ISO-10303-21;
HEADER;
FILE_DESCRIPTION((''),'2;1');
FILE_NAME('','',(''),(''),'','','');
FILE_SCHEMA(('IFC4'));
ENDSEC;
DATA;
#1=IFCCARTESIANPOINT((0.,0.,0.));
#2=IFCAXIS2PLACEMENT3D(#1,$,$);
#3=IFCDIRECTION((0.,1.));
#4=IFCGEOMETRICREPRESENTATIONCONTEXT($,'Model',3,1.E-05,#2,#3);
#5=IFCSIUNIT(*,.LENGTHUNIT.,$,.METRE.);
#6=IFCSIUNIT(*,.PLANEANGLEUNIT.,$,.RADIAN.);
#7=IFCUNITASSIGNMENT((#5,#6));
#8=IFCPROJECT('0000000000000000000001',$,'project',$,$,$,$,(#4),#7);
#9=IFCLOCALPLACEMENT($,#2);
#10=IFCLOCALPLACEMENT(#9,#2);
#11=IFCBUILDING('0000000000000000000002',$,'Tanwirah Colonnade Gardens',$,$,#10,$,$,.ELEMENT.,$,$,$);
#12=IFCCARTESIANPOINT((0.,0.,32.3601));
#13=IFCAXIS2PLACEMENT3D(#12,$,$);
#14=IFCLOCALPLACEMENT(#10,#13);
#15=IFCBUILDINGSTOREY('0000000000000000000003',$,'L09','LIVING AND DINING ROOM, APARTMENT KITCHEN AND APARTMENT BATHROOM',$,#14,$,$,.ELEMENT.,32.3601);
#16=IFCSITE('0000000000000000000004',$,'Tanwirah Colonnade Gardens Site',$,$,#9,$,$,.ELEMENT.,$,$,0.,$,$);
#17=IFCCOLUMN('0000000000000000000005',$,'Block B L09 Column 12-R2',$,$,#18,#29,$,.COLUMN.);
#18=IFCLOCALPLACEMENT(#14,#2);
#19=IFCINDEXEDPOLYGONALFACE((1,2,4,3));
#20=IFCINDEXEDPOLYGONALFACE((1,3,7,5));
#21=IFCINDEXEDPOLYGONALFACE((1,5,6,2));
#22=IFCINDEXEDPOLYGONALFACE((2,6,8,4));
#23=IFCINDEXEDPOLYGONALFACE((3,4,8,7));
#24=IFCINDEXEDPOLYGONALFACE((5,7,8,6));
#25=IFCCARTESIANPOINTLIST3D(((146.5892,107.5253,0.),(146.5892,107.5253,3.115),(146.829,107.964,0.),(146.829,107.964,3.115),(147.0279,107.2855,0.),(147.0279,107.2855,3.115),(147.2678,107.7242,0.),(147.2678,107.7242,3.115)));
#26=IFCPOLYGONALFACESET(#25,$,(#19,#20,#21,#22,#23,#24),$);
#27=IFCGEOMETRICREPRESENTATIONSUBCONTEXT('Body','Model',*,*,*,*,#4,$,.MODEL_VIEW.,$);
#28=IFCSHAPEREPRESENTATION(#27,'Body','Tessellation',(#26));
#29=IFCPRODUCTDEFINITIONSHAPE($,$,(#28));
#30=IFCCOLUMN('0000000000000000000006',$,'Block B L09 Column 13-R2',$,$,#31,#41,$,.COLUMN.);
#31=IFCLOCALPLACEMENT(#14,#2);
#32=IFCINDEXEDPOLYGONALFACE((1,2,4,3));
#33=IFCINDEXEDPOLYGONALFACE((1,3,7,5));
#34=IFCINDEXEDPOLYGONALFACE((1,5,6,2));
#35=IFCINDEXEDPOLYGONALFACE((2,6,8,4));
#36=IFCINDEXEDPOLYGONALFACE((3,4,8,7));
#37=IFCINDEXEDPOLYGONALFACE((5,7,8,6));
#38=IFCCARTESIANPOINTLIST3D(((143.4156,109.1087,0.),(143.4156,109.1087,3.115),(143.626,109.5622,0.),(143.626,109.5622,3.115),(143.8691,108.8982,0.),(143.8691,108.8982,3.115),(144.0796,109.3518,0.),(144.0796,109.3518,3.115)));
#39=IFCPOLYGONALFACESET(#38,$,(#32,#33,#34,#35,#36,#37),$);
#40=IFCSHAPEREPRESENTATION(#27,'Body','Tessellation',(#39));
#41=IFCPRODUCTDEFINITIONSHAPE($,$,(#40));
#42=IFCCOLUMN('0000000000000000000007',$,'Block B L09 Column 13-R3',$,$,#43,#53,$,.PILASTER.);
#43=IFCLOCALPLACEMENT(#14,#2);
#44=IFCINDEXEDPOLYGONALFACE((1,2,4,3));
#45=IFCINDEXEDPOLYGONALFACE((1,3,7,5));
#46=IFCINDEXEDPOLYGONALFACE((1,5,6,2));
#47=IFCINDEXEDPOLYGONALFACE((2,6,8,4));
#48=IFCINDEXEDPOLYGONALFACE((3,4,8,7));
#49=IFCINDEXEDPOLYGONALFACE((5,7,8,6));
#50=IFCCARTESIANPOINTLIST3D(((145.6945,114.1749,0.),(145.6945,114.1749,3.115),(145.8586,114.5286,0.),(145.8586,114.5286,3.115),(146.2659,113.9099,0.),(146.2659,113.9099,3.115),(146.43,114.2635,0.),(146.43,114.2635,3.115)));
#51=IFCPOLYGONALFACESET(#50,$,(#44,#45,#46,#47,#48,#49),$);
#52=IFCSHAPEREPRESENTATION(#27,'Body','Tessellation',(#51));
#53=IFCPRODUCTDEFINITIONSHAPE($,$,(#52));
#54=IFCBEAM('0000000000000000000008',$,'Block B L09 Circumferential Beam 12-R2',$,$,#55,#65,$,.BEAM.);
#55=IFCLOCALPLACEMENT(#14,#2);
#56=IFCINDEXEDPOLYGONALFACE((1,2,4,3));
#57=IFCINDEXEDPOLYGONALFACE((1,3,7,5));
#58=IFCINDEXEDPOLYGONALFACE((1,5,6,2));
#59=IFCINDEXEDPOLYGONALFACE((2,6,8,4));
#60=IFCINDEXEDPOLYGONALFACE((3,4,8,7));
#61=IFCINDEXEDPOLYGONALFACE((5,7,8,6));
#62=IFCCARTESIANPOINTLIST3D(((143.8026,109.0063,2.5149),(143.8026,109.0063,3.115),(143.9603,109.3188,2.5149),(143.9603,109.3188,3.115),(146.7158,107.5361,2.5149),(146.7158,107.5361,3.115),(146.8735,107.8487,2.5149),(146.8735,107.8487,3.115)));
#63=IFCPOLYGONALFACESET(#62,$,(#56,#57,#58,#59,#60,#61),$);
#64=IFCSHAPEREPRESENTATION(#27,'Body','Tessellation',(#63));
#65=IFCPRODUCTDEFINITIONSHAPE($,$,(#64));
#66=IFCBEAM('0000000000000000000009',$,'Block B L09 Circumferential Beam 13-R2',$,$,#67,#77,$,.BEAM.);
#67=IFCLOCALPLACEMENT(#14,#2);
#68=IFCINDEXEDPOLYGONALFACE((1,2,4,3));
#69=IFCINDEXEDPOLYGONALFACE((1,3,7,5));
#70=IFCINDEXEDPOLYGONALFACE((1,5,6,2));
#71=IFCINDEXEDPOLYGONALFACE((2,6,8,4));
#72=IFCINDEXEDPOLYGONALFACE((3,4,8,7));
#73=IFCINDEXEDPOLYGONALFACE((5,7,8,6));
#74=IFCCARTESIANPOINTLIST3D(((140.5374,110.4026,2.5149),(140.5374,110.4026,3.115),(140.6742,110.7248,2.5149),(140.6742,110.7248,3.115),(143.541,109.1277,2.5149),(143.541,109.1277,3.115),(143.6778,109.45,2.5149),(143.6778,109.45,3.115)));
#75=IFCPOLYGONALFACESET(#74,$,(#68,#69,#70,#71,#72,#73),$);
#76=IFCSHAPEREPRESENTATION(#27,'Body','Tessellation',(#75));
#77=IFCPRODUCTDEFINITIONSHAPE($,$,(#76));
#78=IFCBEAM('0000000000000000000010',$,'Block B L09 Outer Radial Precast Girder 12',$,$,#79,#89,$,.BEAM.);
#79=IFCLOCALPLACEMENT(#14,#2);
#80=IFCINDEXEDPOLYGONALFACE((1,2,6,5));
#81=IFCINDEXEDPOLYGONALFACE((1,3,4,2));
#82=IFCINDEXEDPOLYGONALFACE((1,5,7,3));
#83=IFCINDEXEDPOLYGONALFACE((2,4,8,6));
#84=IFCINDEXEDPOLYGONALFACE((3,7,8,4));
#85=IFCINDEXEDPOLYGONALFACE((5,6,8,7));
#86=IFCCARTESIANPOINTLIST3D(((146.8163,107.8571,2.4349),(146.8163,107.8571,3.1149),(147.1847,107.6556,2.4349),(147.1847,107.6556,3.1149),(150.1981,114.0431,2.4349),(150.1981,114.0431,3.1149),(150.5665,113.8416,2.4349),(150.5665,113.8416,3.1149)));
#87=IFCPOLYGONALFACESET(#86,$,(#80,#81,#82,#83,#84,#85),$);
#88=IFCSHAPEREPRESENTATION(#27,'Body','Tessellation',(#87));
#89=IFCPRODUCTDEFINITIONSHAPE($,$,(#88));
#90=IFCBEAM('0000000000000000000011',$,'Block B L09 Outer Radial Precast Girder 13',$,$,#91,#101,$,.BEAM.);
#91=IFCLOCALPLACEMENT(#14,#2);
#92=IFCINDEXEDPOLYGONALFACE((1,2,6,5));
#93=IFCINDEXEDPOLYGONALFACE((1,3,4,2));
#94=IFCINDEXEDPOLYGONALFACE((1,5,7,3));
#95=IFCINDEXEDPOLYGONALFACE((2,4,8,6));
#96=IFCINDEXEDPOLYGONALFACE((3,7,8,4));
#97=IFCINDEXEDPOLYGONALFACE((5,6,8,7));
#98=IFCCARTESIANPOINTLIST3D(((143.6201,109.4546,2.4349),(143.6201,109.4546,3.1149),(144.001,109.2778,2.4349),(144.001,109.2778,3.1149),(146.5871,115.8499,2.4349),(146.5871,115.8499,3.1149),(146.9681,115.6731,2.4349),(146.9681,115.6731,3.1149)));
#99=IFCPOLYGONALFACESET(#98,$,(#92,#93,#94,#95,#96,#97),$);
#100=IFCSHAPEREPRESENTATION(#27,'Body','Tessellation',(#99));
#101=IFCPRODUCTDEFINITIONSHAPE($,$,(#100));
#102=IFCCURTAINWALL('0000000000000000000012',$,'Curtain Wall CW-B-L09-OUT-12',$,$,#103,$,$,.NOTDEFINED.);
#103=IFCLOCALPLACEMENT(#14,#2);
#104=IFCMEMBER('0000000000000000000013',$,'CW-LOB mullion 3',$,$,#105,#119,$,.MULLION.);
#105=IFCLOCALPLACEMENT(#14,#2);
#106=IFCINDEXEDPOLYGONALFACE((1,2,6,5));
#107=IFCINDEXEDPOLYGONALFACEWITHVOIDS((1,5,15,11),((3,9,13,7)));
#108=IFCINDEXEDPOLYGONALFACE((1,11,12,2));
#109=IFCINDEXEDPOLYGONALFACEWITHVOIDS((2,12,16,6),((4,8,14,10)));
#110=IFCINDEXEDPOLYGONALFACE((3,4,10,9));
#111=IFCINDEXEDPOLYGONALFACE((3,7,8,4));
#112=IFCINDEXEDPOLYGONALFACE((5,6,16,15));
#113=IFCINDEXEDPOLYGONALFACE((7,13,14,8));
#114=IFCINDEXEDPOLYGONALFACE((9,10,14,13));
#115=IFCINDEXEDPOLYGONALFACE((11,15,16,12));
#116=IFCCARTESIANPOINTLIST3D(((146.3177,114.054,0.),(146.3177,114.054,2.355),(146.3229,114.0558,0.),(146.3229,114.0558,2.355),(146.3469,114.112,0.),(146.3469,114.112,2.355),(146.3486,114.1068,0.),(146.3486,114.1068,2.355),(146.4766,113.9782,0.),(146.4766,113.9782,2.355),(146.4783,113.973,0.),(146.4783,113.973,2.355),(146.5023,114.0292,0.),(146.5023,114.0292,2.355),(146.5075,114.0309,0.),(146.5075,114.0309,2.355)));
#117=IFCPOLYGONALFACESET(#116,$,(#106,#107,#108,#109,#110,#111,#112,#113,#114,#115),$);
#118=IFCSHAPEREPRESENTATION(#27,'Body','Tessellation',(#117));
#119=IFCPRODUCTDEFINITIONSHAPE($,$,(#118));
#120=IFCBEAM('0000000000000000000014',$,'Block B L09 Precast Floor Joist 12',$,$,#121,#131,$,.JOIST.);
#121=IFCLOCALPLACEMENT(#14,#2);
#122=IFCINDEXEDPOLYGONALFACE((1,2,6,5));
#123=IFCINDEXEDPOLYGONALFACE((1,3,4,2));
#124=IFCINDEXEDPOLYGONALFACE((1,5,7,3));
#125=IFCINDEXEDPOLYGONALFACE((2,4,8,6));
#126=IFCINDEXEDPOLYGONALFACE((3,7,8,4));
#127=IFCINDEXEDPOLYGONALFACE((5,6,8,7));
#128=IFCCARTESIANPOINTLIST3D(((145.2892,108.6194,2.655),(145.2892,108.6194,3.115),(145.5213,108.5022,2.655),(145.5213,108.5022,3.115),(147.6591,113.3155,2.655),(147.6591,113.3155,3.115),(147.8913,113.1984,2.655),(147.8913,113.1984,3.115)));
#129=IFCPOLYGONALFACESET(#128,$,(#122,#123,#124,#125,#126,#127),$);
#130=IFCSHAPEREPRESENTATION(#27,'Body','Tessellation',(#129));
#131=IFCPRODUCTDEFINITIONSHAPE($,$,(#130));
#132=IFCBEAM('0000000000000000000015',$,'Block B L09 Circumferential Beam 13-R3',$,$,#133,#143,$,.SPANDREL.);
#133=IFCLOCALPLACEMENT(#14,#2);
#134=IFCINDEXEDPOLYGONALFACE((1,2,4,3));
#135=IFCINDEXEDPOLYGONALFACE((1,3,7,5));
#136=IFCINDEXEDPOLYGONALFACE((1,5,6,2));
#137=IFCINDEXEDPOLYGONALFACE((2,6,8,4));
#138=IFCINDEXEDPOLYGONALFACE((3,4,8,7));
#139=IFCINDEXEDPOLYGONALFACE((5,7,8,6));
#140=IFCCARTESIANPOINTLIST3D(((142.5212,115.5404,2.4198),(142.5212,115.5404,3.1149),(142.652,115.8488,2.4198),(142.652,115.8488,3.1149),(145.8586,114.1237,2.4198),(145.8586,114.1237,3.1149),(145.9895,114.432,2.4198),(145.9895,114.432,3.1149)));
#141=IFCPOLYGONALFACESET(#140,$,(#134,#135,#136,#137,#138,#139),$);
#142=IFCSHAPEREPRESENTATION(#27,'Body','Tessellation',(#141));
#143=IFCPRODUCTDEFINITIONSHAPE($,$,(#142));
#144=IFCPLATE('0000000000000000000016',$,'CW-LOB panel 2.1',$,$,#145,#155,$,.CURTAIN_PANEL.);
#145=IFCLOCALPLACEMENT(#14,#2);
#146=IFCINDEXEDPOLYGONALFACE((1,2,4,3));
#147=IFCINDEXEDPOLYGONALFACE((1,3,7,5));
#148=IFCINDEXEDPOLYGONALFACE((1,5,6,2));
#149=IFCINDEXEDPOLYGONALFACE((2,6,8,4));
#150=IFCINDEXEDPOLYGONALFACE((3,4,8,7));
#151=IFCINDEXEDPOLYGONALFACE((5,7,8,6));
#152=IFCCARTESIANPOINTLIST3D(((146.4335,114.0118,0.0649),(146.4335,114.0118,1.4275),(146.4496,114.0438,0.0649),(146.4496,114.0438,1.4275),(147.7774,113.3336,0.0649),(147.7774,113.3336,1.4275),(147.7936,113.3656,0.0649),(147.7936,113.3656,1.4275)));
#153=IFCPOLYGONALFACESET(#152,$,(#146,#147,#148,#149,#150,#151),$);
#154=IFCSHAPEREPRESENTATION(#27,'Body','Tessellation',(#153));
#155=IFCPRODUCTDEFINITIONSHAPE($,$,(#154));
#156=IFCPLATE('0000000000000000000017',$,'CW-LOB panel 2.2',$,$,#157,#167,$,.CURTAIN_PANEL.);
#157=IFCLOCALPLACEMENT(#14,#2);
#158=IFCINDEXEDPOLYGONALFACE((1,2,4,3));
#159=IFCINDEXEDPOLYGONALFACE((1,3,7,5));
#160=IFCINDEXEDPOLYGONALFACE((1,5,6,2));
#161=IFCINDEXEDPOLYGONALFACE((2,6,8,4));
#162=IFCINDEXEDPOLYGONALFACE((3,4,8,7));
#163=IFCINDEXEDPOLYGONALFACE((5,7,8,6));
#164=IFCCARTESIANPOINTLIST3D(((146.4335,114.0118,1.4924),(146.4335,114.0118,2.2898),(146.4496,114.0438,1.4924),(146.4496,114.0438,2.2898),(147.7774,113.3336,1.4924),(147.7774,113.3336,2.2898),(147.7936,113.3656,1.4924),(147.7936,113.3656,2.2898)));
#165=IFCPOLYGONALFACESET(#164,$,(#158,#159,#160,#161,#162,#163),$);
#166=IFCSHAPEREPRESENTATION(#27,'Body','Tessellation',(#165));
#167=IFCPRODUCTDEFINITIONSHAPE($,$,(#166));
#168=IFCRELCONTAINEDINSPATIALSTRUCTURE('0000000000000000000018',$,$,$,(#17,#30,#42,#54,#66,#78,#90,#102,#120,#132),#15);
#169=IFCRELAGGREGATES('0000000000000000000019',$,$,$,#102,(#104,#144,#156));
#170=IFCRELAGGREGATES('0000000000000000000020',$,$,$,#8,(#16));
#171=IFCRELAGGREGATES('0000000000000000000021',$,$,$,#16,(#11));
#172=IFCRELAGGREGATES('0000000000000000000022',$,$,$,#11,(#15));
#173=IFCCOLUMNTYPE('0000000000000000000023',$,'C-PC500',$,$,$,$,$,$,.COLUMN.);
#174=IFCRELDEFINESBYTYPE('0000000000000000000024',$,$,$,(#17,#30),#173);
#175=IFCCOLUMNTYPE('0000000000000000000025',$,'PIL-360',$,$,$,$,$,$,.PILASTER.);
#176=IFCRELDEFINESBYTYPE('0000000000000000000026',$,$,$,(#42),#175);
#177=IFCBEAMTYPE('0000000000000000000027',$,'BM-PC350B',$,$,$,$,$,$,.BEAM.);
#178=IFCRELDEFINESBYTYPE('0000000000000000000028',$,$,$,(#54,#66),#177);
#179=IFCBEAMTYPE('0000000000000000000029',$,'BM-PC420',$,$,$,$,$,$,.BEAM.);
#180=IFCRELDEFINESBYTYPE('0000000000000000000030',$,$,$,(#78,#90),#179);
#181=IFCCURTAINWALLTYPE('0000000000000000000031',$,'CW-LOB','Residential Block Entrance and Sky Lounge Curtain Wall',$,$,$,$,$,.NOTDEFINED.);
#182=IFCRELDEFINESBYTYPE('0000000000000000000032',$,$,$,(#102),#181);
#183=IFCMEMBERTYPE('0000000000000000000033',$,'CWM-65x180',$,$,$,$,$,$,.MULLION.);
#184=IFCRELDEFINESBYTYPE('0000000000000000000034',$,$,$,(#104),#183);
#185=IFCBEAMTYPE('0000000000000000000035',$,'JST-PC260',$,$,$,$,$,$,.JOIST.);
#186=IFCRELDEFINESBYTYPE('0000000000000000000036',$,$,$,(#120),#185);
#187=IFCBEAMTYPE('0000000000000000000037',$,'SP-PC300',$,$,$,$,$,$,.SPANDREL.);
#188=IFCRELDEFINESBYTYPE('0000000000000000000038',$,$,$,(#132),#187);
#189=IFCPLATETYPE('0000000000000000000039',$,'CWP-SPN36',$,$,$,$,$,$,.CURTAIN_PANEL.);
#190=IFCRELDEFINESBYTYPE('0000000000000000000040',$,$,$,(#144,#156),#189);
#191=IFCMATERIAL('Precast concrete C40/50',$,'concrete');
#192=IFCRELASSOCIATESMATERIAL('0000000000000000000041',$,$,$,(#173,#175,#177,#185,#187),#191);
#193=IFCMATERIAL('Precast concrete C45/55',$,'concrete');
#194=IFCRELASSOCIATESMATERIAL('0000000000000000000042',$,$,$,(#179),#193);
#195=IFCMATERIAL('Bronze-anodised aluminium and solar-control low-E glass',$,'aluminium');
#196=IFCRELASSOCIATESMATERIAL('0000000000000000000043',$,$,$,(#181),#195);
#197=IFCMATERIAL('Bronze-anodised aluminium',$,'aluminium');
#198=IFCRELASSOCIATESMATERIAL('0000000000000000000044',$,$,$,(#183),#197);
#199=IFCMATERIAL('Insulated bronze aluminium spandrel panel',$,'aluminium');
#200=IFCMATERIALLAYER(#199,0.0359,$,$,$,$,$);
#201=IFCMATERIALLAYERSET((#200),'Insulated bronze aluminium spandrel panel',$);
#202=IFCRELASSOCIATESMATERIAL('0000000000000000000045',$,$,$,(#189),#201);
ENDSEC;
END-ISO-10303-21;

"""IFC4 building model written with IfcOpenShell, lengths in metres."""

from ifc_helpers import new_model, si_unit, direction, frame, origin, origin_2d, place, context, subcontext, project, spatial, rectangle, hollow_rectangle, extrude, material, layer, layer_set, material_profile, profile_set, type_object, element, aggregate, save


model = new_model("IFC4")

# Units and contexts
model_context = context("Model", 3, precision=1e-05, world=origin(), true_north=direction((0.0, 1.0)))
body_context = subcontext(model_context, "Body", "Model", "MODEL_VIEW")
ifc_project = project(units=[si_unit("LENGTHUNIT", "METRE"), si_unit("PLANEANGLEUNIT", "RADIAN")], contexts=[model_context])

# Site, building, storey
site_placement = place(None, origin())
site = spatial("IfcSite", under=ifc_project, at=site_placement, Name="Tanwirah Colonnade Gardens Site", CompositionType="ELEMENT", RefElevation=0.0)
building_placement = place(site_placement, origin())
building = spatial("IfcBuilding", under=site, at=building_placement, Name="Tanwirah Colonnade Gardens", CompositionType="ELEMENT")
storey_placement = place(building_placement, frame((0.0, 0.0, 32.3601)))
storey = spatial("IfcBuildingStorey", under=building, at=storey_placement, Name="L09", Description="LIVING AND DINING ROOM, APARTMENT KITCHEN AND APARTMENT BATHROOM", CompositionType="ELEMENT", Elevation=32.3601)

# Columns
ifc_material_1 = material(Name="Precast concrete C40/50", Category="concrete")
ifc_material_profile_1 = material_profile(ifc_material_1, rectangle(XDim=0.5, YDim=0.5, at=origin_2d()), Name="PC-COL 500x500")
ifc_profile_set_1 = profile_set([ifc_material_profile_1], Name="Precast concrete C40/50")
column_type_1 = type_object("IfcColumnType", Name="C-PC500", PredefinedType="COLUMN", material=ifc_profile_set_1)
for number, where, z_axis, x_axis, name in (
    (1, (146.9285, 107.6248, 0.0), (0.0, 0.0, 1.0), (0.479713, 0.877425, 0.0), "Block B L09 Column 12-R2"),
    (2, (143.7476, 109.2302, 0.0), (0.0, 0.0, 1.0), (0.42086, 0.907126, 0.0), "Block B L09 Column 13-R2"),
):
    element("IfcColumn", number, at=place(storey_placement, frame(where, z_axis=z_axis, x_axis=x_axis)), inside=storey, type_object=column_type_1, Name=name, PredefinedType="COLUMN", context=body_context, shape_type="SweptSolid", body=[
        extrude(rectangle(XDim=0.5, YDim=0.5, at=origin_2d()), origin(), (0.0, 0.0, 1.0), 3.115),
    ])
ifc_material_profile_2 = material_profile(ifc_material_1, rectangle(XDim=0.3899, YDim=0.6299, at=origin_2d()), Name="PC-PIL 390x630")
ifc_profile_set_2 = profile_set([ifc_material_profile_2], Name="Precast concrete C40/50")
column_type_2 = type_object("IfcColumnType", Name="PIL-360", PredefinedType="PILASTER", material=ifc_profile_set_2)
column_placement = place(storey_placement, frame((146.0623, 114.2192, 0.0), z_axis=(0.0, 0.0, 1.0), x_axis=(0.42086, 0.907126, 0.0)))
element("IfcColumn", 3, at=column_placement, inside=storey, type_object=column_type_2, Name="Block B L09 Column 13-R3", PredefinedType="PILASTER", context=body_context, shape_type="SweptSolid", body=[
    extrude(rectangle(XDim=0.3899, YDim=0.6299, at=origin_2d()), origin(), (0.0, 0.0, 1.0), 3.115),
])

# Beams
ifc_material_profile_3 = material_profile(ifc_material_1, rectangle(XDim=0.3501, YDim=0.6001, at=origin_2d()), Name="PC-BM 350x600")
ifc_profile_set_3 = profile_set([ifc_material_profile_3], Name="Precast concrete C40/50")
beam_type_1 = type_object("IfcBeamType", Name="BM-PC350B", PredefinedType="BEAM", material=ifc_profile_set_3)
beam_1_placement = place(storey_placement, frame((146.7947, 107.6924, 2.8149), z_axis=(-0.89276, 0.450532, 0.0), x_axis=(-0.450532, -0.89276, 0.0)))
element("IfcBeam", 4, at=beam_1_placement, inside=storey, type_object=beam_type_1, Name="Block B L09 Circumferential Beam 12-R2", PredefinedType="BEAM", context=body_context, shape_type="SweptSolid", body=[
    extrude(rectangle(XDim=0.3501, YDim=0.6001, at=origin_2d()), origin(), (0.0, 0.0, 1.0), 3.2632),
])
beam_2_placement = place(storey_placement, frame((143.6094, 109.2888, 2.8149), z_axis=(-0.920513, 0.390711, 0.0), x_axis=(-0.390711, -0.920513, 0.0)))
element("IfcBeam", 5, at=beam_2_placement, inside=storey, type_object=beam_type_1, Name="Block B L09 Circumferential Beam 13-R2", PredefinedType="BEAM", context=body_context, shape_type="SweptSolid", body=[
    extrude(rectangle(XDim=0.3501, YDim=0.6001, at=origin_2d()), origin(), (0.0, 0.0, 1.0), 3.2629),
])
ifc_material_2 = material(Name="Precast concrete C45/55", Category="concrete")
ifc_material_profile_4 = material_profile(ifc_material_2, rectangle(XDim=0.4199, YDim=0.6799, at=origin_2d()), Name="PC-BM 420x680")
ifc_profile_set_4 = profile_set([ifc_material_profile_4], Name="Precast concrete C45/55")
beam_type_2 = type_object("IfcBeamType", Name="BM-PC420", PredefinedType="BEAM", material=ifc_profile_set_4)
for number, where, z_axis, x_axis, name in (
    (6, (147.0005, 107.7563, 2.7749), (0.479687, 0.87744, 0.0), (-0.87744, 0.479687, 0.0), "Block B L09 Outer Radial Precast Girder 12"),
    (7, (143.8105, 109.3662, 2.7749), (0.420856, 0.907128, 0.0), (-0.907128, 0.420856, 0.0), "Block B L09 Outer Radial Precast Girder 13"),
):
    element("IfcBeam", number, at=place(storey_placement, frame(where, z_axis=z_axis, x_axis=x_axis)), inside=storey, type_object=beam_type_2, Name=name, PredefinedType="BEAM", context=body_context, shape_type="SweptSolid", body=[
        extrude(rectangle(XDim=0.4199, YDim=0.6799, at=origin_2d()), origin(), (0.0, 0.0, 1.0), 7.05),
    ])

# Curtain wall, member
ifc_material_3 = material(Name="Bronze-anodised aluminium and solar-control low-E glass", Category="aluminium")
curtain_wall_type = type_object("IfcCurtainWallType", Name="CW-LOB", Description="Residential Block Entrance and Sky Lounge Curtain Wall", PredefinedType="NOTDEFINED", material=ifc_material_3)
curtain_wall_placement = place(storey_placement, origin())
curtain_wall = element("IfcCurtainWall", 8, at=curtain_wall_placement, inside=storey, type_object=curtain_wall_type, Name="Curtain Wall CW-B-L09-OUT-12", PredefinedType="NOTDEFINED")
ifc_material_4 = material(Name="Bronze-anodised aluminium", Category="aluminium")
ifc_material_profile_5 = material_profile(ifc_material_4, hollow_rectangle(XDim=0.0649, YDim=0.1799, WallThickness=0.0039, at=origin_2d()), Name="CW-MUL 65x180x4")
ifc_profile_set_5 = profile_set([ifc_material_profile_5], Name="Bronze-anodised aluminium")
member_type = type_object("IfcMemberType", Name="CWM-65x180", PredefinedType="MULLION", material=ifc_profile_set_5)
member_placement = place(storey_placement, frame((146.4126, 114.0425, 0.0), z_axis=(0.0, 0.0, 1.0), x_axis=(-0.45053, -0.892761, 0.0)))
member = element("IfcMember", 9, at=member_placement, type_object=member_type, Name="CW-LOB mullion 3", PredefinedType="MULLION", context=body_context, shape_type="SweptSolid", body=[
    extrude(hollow_rectangle(XDim=0.0649, YDim=0.1799, WallThickness=0.0039, at=origin_2d()), origin(), (0.0, 0.0, 1.0), 2.355),
])

# Beams
ifc_material_profile_6 = material_profile(ifc_material_1, rectangle(XDim=0.26, YDim=0.46, at=origin_2d()), Name="PC-JST 260x460")
ifc_profile_set_6 = profile_set([ifc_material_profile_6], Name="Precast concrete C40/50")
beam_type_3 = type_object("IfcBeamType", Name="JST-PC260", PredefinedType="JOIST", material=ifc_profile_set_6)
beam_3_placement = place(storey_placement, frame((145.4053, 108.5608, 2.885), z_axis=(0.450534, 0.892759, 0.0), x_axis=(-0.892759, 0.450534, 0.0)))
element("IfcBeam", 10, at=beam_3_placement, inside=storey, type_object=beam_type_3, Name="Block B L09 Precast Floor Joist 12", PredefinedType="JOIST", context=body_context, shape_type="SweptSolid", body=[
    extrude(rectangle(XDim=0.26, YDim=0.46, at=origin_2d()), origin(), (0.0, 0.0, 1.0), 5.2603),
])
ifc_material_profile_7 = material_profile(ifc_material_1, rectangle(XDim=0.335, YDim=0.6951, at=origin_2d()), Name="PC-SP 335x695")
ifc_profile_set_7 = profile_set([ifc_material_profile_7], Name="Precast concrete C40/50")
beam_type_4 = type_object("IfcBeamType", Name="SP-PC300", PredefinedType="SPANDREL", material=ifc_profile_set_7)
beam_4_placement = place(storey_placement, frame((145.9241, 114.2778, 2.7673), z_axis=(-0.920494, 0.390756, 0.0), x_axis=(-0.390756, -0.920494, 0.0)))
element("IfcBeam", 11, at=beam_4_placement, inside=storey, type_object=beam_type_4, Name="Block B L09 Circumferential Beam 13-R3", PredefinedType="SPANDREL", context=body_context, shape_type="SweptSolid", body=[
    extrude(rectangle(XDim=0.335, YDim=0.6951, at=origin_2d()), origin(), (0.0, 0.0, 1.0), 3.6257),
])

# Plates
ifc_material_5 = material(Name="Insulated bronze aluminium spandrel panel", Category="aluminium")
ifc_layer_1 = layer(ifc_material_5, 0.0359)
ifc_layer_set_1 = layer_set([ifc_layer_1], Name="Insulated bronze aluminium spandrel panel")
plate_type = type_object("IfcPlateType", Name="CWP-SPN36", PredefinedType="CURTAIN_PANEL", material=ifc_layer_set_1)
plate_1_placement = place(storey_placement, frame((147.1135, 113.6887, 0.0649), z_axis=(0.0, 0.0, 1.0), x_axis=(-0.892761, 0.45053, 0.0)))
plate_1 = element("IfcPlate", 12, at=plate_1_placement, type_object=plate_type, Name="CW-LOB panel 2.1", PredefinedType="CURTAIN_PANEL", context=body_context, shape_type="SweptSolid", body=[
    extrude(rectangle(XDim=1.5054, YDim=0.0359, at=origin_2d()), origin(), (0.0, 0.0, 1.0), 1.3625),
])
plate_2_placement = place(storey_placement, frame((147.1135, 113.6887, 1.4924), z_axis=(0.0, 0.0, 1.0), x_axis=(-0.892761, 0.45053, 0.0)))
plate_2 = element("IfcPlate", 13, at=plate_2_placement, type_object=plate_type, Name="CW-LOB panel 2.2", PredefinedType="CURTAIN_PANEL", context=body_context, shape_type="SweptSolid", body=[
    extrude(rectangle(XDim=1.5054, YDim=0.0359, at=origin_2d()), origin(), (0.0, 0.0, 1.0), 0.7974),
])
aggregate(curtain_wall, [member, plate_1, plate_2])

save(model, "model.ifc")
